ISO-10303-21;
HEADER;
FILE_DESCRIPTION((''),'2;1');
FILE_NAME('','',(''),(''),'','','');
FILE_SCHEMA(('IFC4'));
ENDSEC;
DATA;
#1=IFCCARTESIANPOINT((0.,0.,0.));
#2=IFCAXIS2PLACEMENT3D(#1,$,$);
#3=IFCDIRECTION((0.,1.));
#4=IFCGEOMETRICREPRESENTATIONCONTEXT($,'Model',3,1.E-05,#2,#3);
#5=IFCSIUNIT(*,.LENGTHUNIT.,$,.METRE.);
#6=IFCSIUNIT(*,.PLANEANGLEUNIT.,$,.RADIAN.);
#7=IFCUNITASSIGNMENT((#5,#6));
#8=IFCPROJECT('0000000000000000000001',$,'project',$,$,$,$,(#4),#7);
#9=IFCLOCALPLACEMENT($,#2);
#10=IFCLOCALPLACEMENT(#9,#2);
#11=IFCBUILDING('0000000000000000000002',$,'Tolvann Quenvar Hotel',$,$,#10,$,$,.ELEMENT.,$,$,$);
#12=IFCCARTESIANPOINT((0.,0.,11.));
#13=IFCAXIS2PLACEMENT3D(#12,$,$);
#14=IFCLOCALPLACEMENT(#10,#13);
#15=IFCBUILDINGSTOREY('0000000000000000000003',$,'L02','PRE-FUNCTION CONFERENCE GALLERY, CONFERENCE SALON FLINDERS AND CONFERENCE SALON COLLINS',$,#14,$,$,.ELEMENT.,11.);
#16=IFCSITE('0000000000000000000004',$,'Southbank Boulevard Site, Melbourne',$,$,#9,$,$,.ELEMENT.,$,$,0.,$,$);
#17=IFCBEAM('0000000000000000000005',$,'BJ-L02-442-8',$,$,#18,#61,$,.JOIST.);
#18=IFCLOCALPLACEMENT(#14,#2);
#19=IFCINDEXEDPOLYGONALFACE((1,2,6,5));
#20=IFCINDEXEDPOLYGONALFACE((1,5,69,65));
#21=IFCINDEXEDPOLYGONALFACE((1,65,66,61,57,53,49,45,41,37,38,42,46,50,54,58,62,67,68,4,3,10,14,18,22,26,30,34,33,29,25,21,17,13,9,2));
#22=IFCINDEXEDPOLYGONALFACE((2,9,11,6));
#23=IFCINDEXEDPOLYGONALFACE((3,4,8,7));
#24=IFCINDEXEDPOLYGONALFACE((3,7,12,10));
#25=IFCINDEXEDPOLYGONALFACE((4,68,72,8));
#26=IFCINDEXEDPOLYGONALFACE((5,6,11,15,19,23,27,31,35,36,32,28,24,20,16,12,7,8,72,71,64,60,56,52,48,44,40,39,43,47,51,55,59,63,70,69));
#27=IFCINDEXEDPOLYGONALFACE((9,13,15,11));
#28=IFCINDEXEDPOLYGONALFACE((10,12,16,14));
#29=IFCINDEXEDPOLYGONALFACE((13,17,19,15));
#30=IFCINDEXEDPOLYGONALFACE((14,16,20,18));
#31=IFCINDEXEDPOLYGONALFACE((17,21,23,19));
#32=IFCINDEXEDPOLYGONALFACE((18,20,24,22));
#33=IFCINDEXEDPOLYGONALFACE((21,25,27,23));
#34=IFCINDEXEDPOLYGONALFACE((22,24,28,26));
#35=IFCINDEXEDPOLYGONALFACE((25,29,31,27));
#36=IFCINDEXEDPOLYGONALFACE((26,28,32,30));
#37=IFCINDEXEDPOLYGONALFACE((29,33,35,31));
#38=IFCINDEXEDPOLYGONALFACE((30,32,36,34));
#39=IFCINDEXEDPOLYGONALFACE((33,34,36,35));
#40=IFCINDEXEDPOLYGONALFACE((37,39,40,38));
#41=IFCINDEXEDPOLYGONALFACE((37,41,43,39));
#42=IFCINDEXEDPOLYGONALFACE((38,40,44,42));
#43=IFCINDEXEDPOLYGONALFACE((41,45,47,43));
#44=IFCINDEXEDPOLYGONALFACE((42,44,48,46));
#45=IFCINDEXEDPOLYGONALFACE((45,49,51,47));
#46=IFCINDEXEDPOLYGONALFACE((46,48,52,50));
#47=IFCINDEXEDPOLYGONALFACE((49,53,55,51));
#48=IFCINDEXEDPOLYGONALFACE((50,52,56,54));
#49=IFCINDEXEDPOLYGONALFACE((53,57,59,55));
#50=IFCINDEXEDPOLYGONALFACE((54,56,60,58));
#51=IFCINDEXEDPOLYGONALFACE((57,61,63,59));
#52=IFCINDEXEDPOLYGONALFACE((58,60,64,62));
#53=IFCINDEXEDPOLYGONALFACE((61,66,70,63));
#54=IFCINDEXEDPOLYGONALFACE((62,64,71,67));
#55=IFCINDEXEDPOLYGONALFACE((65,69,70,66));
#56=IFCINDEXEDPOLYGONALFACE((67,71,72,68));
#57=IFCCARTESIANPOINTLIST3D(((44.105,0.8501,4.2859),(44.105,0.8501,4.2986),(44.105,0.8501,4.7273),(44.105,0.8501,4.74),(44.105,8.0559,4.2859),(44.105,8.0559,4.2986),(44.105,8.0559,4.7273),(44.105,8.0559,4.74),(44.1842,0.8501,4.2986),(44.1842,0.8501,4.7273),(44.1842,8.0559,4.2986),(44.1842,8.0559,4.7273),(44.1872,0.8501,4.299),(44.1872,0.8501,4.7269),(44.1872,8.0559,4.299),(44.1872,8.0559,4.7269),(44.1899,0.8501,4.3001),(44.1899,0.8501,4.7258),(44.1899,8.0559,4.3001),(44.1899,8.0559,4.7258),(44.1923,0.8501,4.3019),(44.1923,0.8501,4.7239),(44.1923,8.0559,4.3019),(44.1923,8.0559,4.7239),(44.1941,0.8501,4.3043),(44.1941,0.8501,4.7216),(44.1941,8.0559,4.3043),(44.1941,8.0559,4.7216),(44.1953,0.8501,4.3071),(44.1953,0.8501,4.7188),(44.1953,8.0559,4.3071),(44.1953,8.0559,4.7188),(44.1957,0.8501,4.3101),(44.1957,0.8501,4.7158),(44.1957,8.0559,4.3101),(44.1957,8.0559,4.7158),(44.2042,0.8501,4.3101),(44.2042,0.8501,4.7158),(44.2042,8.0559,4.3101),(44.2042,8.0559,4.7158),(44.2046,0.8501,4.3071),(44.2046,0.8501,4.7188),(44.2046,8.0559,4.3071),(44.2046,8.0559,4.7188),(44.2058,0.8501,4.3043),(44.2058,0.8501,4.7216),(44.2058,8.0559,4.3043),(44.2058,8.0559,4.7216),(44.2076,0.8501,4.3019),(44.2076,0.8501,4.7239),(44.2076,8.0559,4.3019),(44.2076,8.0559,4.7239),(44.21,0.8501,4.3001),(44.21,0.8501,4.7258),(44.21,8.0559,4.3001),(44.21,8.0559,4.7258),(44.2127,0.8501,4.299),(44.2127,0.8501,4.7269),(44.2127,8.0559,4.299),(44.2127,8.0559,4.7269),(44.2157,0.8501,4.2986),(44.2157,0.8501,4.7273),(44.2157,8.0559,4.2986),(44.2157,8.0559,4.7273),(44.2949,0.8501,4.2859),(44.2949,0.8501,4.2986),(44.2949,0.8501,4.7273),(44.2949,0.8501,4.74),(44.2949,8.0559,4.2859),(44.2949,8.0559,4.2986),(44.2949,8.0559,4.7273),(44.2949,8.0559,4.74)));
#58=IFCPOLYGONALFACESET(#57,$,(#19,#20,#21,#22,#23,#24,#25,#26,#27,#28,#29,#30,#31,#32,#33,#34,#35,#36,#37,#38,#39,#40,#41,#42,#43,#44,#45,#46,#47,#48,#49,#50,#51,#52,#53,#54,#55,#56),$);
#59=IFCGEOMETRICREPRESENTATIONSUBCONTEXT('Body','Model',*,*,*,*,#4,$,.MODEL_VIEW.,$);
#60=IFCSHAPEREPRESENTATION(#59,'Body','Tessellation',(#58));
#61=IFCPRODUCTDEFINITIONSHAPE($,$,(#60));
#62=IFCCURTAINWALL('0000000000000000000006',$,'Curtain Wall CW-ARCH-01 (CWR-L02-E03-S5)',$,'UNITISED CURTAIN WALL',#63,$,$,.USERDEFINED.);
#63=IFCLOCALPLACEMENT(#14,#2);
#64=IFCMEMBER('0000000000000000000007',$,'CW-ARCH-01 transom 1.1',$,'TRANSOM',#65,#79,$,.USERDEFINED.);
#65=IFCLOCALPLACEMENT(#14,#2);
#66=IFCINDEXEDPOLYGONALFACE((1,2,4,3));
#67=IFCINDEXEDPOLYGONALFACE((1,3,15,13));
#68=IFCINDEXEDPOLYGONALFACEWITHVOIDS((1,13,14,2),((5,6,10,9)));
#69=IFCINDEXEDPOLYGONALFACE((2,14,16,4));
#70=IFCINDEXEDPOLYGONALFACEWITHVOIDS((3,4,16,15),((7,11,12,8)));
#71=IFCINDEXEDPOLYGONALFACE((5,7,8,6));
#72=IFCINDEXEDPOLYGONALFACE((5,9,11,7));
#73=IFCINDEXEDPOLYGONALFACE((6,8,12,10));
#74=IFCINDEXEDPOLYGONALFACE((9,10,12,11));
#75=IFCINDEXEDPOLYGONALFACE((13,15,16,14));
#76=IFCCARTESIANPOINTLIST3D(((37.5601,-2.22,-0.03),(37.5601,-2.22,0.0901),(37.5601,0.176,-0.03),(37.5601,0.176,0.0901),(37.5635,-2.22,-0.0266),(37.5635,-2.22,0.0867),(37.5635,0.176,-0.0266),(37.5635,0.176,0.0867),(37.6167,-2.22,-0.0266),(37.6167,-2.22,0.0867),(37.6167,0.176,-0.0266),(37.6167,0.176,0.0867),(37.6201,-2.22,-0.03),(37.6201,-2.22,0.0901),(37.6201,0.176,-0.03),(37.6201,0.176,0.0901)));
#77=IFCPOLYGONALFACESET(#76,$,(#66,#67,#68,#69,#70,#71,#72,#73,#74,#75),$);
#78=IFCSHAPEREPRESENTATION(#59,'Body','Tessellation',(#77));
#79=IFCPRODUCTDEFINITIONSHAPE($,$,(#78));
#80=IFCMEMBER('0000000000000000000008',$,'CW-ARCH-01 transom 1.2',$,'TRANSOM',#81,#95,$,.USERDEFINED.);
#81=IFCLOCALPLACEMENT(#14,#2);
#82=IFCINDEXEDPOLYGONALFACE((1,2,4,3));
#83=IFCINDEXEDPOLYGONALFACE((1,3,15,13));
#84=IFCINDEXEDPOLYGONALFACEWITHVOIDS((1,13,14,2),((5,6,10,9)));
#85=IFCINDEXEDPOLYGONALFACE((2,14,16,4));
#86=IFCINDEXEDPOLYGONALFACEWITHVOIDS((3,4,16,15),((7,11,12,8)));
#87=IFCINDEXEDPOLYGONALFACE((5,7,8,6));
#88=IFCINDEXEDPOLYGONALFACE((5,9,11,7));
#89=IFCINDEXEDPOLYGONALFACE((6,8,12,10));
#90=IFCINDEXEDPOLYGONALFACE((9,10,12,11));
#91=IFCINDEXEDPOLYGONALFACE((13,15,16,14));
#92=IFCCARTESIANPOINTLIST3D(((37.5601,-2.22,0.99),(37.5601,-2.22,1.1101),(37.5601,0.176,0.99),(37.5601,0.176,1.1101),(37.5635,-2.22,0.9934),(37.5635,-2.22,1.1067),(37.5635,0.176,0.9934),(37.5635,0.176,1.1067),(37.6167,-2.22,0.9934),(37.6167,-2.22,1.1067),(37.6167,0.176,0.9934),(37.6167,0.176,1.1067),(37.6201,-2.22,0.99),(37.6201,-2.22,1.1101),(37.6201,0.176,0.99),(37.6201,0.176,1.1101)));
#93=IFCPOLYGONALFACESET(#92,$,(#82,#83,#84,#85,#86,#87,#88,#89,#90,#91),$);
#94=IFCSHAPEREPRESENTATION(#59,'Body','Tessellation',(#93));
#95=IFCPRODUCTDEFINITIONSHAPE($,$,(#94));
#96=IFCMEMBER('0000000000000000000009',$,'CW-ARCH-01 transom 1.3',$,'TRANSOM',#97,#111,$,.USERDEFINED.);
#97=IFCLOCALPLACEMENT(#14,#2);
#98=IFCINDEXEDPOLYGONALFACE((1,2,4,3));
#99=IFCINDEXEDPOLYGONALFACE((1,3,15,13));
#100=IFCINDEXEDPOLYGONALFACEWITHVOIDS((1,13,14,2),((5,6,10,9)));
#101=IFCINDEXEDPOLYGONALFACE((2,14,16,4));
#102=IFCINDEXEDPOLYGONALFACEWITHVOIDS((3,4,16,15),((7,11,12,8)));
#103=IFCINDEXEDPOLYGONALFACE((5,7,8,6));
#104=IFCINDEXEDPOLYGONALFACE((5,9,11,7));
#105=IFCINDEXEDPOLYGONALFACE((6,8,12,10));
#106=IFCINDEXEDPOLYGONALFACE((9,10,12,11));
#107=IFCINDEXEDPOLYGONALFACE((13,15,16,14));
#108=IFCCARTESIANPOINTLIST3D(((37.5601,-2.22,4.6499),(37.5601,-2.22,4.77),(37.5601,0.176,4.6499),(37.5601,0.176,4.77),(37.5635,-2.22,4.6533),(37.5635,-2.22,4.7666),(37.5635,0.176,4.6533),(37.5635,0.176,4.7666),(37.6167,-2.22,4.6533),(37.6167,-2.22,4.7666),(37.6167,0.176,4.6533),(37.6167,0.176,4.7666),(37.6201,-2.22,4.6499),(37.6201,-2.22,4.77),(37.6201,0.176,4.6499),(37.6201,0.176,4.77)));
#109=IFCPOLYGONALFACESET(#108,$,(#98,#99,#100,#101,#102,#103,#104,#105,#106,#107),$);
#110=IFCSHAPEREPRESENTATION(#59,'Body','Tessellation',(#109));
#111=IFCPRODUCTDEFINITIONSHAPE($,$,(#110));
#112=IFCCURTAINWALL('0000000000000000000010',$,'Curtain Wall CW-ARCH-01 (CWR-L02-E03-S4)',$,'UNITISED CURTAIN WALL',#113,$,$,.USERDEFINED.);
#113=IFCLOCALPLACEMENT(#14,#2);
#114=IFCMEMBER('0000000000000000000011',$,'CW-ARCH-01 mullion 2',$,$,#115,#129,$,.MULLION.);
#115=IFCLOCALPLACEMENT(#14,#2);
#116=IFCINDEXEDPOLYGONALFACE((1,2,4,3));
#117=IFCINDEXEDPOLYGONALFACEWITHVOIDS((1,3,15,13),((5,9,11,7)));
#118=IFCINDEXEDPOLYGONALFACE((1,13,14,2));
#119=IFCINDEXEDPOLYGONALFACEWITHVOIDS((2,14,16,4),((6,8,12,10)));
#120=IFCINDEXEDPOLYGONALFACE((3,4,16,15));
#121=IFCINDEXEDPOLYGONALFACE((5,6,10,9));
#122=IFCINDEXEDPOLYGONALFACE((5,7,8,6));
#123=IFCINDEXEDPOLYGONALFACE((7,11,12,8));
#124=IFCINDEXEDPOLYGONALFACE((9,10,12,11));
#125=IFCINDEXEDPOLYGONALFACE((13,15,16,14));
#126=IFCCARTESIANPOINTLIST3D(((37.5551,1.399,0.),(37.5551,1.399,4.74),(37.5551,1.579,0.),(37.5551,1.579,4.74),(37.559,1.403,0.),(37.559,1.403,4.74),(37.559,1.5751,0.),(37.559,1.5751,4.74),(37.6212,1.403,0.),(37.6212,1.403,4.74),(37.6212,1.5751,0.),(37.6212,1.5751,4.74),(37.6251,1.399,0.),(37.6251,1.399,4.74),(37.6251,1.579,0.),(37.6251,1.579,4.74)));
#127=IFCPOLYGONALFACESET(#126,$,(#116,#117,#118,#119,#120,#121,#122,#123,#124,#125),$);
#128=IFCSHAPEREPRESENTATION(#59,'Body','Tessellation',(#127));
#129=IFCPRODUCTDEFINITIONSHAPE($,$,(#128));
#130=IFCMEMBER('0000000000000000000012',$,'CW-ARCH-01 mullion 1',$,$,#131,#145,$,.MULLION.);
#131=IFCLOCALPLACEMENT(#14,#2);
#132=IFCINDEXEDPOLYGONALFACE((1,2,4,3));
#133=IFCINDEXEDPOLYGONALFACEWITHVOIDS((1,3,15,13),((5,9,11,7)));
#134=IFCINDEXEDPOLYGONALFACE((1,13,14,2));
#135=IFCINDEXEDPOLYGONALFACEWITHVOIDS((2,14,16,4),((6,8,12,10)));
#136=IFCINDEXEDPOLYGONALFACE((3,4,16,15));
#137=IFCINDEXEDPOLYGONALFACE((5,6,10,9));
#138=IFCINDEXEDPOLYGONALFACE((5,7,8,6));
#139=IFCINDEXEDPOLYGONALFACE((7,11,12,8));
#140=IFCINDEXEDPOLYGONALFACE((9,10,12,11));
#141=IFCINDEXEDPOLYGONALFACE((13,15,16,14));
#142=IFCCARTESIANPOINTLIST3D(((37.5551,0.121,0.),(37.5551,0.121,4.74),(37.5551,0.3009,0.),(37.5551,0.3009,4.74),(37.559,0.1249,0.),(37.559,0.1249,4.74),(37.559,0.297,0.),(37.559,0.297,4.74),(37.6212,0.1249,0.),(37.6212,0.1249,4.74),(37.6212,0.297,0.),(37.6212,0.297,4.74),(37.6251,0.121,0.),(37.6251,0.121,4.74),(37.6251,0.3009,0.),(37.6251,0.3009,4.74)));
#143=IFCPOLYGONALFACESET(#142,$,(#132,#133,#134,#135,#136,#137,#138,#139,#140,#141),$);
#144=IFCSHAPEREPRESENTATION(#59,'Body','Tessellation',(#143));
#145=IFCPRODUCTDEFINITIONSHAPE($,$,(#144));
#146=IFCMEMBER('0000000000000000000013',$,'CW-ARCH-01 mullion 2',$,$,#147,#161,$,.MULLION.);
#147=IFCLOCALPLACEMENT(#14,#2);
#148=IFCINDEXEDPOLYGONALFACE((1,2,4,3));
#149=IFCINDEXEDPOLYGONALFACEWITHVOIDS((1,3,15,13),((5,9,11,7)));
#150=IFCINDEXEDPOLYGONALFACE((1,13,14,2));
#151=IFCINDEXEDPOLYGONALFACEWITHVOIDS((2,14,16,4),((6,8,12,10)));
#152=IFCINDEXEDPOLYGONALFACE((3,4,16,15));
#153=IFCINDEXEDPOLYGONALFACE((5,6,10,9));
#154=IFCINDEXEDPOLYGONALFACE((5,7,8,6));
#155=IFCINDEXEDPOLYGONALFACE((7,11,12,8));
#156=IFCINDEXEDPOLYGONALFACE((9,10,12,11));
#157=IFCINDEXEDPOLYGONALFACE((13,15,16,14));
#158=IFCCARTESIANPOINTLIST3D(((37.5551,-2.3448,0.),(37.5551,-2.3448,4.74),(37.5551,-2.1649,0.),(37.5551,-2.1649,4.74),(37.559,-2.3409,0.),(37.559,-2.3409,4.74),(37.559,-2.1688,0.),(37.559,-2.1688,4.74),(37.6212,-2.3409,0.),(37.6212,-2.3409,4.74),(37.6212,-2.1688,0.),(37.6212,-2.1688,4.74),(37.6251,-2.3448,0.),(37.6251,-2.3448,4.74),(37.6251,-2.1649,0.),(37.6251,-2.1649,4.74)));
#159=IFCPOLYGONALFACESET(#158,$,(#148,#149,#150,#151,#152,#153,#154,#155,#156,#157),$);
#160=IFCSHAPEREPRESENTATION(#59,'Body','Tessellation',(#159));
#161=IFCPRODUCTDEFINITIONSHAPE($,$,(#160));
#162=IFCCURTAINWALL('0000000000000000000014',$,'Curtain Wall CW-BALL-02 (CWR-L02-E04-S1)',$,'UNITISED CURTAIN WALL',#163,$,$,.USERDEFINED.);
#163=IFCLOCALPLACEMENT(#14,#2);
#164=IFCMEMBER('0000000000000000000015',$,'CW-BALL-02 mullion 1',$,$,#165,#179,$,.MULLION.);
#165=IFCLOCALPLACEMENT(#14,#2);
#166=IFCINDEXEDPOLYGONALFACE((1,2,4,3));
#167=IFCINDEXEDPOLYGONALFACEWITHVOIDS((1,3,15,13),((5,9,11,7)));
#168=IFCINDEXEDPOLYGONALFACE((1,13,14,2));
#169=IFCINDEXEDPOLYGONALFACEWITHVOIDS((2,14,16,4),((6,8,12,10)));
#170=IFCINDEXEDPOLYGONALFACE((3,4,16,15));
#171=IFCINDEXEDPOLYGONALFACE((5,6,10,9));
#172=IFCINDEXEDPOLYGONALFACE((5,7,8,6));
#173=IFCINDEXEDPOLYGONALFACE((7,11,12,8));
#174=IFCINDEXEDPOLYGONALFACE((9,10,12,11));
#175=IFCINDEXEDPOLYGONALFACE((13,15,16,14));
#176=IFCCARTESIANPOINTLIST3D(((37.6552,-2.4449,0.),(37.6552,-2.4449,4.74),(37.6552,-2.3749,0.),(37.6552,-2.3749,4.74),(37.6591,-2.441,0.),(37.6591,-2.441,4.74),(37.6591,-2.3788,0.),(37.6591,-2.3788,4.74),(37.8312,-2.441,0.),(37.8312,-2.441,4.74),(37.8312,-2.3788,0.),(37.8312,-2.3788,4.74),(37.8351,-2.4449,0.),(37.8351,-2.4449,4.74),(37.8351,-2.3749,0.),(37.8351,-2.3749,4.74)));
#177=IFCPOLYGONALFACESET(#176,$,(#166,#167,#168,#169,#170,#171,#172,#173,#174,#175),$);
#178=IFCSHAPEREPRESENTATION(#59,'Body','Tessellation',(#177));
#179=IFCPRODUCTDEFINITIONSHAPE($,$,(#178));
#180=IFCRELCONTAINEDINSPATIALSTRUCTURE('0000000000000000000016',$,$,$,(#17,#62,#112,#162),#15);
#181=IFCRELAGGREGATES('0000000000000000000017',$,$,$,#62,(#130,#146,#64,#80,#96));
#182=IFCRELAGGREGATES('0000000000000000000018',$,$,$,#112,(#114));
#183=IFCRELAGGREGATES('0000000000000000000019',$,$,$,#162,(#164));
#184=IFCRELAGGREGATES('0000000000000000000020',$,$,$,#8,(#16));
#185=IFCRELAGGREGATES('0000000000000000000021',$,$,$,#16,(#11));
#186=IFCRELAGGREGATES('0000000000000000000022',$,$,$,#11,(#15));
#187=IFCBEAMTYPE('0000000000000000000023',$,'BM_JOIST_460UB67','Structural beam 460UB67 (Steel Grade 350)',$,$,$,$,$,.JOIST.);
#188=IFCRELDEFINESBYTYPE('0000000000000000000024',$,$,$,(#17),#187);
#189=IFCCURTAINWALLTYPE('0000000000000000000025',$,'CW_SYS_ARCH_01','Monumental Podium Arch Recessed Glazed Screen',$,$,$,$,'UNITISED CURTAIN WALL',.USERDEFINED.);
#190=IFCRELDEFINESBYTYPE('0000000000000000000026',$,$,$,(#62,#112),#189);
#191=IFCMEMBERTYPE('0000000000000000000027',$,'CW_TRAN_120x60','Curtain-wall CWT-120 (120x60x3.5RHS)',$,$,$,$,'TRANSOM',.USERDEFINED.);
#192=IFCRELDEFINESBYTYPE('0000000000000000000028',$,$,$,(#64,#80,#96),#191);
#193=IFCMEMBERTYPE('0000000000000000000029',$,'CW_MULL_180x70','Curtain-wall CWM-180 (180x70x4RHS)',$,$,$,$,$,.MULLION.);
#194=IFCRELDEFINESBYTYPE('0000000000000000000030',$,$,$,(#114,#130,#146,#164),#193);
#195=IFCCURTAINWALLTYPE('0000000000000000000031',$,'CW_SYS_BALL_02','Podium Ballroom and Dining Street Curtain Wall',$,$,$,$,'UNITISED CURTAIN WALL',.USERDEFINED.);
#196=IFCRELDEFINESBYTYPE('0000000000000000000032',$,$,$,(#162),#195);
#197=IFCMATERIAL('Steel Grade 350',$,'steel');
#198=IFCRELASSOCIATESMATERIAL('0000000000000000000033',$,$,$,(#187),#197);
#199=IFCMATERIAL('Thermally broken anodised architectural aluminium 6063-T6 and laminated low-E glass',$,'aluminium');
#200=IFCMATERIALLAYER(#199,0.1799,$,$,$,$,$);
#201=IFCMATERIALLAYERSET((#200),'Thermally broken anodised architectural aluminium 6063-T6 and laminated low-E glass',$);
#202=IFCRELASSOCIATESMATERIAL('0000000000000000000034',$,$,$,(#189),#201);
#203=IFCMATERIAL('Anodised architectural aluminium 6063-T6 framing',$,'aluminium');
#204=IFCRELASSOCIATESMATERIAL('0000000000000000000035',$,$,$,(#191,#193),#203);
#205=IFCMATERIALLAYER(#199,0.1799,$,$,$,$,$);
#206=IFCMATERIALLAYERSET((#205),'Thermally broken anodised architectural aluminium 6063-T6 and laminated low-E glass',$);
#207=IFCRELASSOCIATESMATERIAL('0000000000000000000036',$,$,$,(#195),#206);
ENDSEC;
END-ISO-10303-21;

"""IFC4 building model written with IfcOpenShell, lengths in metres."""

from ifc_helpers import new_model, si_unit, direction, frame, origin, origin_2d, place, context, subcontext, project, spatial, hollow_rectangle, i_section, extrude, source, transform, mapped, material, layer, layer_set, material_profile, profile_set, type_object, type_shapes, element, aggregate, save


model = new_model("IFC4")

# Units and contexts
model_context = context("Model", 3, precision=1e-05, world=origin(), true_north=direction((0.0, 1.0)))
body_context = subcontext(model_context, "Body", "Model", "MODEL_VIEW")
ifc_project = project(units=[si_unit("LENGTHUNIT", "METRE"), si_unit("PLANEANGLEUNIT", "RADIAN")], contexts=[model_context])

# Site, building, storey
site_placement = place(None, origin())
site = spatial("IfcSite", under=ifc_project, at=site_placement, Name="Southbank Boulevard Site, Melbourne", CompositionType="ELEMENT", RefElevation=0.0)
building_placement = place(site_placement, origin())
building = spatial("IfcBuilding", under=site, at=building_placement, Name="Tolvann Quenvar Hotel", CompositionType="ELEMENT")
storey_placement = place(building_placement, frame((0.0, 0.0, 11.0)))
storey = spatial("IfcBuildingStorey", under=building, at=storey_placement, Name="L02", Description="PRE-FUNCTION CONFERENCE GALLERY, CONFERENCE SALON FLINDERS AND CONFERENCE SALON COLLINS", CompositionType="ELEMENT", Elevation=11.0)

# Beam
ifc_material_1 = material(Name="Steel Grade 350", Category="steel")
ifc_material_profile_1 = material_profile(ifc_material_1, i_section(OverallWidth=0.1899, OverallDepth=0.4541, WebThickness=0.0085, FlangeThickness=0.0127, FilletRadius=0.0115, at=origin_2d()), Name="460UB67")
ifc_profile_set_1 = profile_set([ifc_material_profile_1], Name="Steel Grade 350")
beam_type_1 = type_object("IfcBeamType", Name="BM_JOIST_460UB67", Description="Structural beam 460UB67 (Steel Grade 350)", PredefinedType="JOIST", material=ifc_profile_set_1)
shared_shape_1 = source(origin(), body_context, "Body", "SweptSolid", [
    extrude(i_section(OverallWidth=0.1899, OverallDepth=0.4541, WebThickness=0.0085, FlangeThickness=0.0127, FilletRadius=0.0115, at=origin_2d()), origin(), (0.0, 0.0, 1.0), 7.2058),
])
type_shapes(beam_type_1, [shared_shape_1])
for number, where, z_axis, x_axis, name in (
    (1, (44.2, 0.8501, 4.5129), (0.0, 1.0, 0.0), (-1.0, 0.0, 0.0), "BJ-L02-442-8"),
):
    element("IfcBeam", number, at=place(storey_placement, frame(where, z_axis=z_axis, x_axis=x_axis)), inside=storey, type_object=beam_type_1, Name=name, PredefinedType="JOIST", context=body_context, shape_type="MappedRepresentation", body=[
        mapped(shared_shape_1, transform((0.0, 0.0, 0.0), x_axis=(1.0, 0.0, 0.0), y_axis=(0.0, 1.0, 0.0), z_axis=(0.0, 0.0, 1.0), scale=1.0)),
    ])

# Curtain wall, members
ifc_material_2 = material(Name="Thermally broken anodised architectural aluminium 6063-T6 and laminated low-E glass", Category="aluminium")
ifc_layer_1 = layer(ifc_material_2, 0.1799)
ifc_layer_set_1 = layer_set([ifc_layer_1], Name="Thermally broken anodised architectural aluminium 6063-T6 and laminated low-E glass")
curtain_wall_type_1 = type_object("IfcCurtainWallType", Name="CW_SYS_ARCH_01", Description="Monumental Podium Arch Recessed Glazed Screen", ElementType="UNITISED CURTAIN WALL", PredefinedType="USERDEFINED", material=ifc_layer_set_1)
curtain_wall_1_placement = place(storey_placement, origin())
curtain_wall_1 = element("IfcCurtainWall", 2, at=curtain_wall_1_placement, inside=storey, type_object=curtain_wall_type_1, Name="Curtain Wall CW-ARCH-01 (CWR-L02-E03-S5)", ObjectType="UNITISED CURTAIN WALL", PredefinedType="USERDEFINED")
ifc_material_3 = material(Name="Anodised architectural aluminium 6063-T6 framing", Category="aluminium")
ifc_material_profile_2 = material_profile(ifc_material_3, hollow_rectangle(XDim=0.0601, YDim=0.1201, WallThickness=0.0034, at=origin_2d()), Name="120x60x3.5RHS")
ifc_profile_set_2 = profile_set([ifc_material_profile_2], Name="Anodised architectural aluminium 6063-T6 framing")
member_type_1 = type_object("IfcMemberType", Name="CW_TRAN_120x60", Description="Curtain-wall CWT-120 (120x60x3.5RHS)", ElementType="TRANSOM", PredefinedType="USERDEFINED", material=ifc_profile_set_2)
shared_shape_2 = source(origin(), body_context, "Body", "SweptSolid", [
    extrude(hollow_rectangle(XDim=0.0601, YDim=0.1201, WallThickness=0.0034, at=origin_2d()), origin(), (0.0, 0.0, 1.0), 2.396),
])
member_1_placement = place(storey_placement, frame((37.5901, 0.176, 0.03), z_axis=(0.0, -1.0, 0.0), x_axis=(1.0, 0.0, 0.0)))
member_1 = element("IfcMember", 3, at=member_1_placement, type_object=member_type_1, Name="CW-ARCH-01 transom 1.1", ObjectType="TRANSOM", PredefinedType="USERDEFINED", context=body_context, shape_type="MappedRepresentation", body=[
    mapped(shared_shape_2, transform((0.0, 0.0, 0.0), x_axis=(1.0, 0.0, 0.0), y_axis=(0.0, 1.0, 0.0), z_axis=(0.0, 0.0, 1.0), scale=1.0)),
])
member_2_placement = place(storey_placement, frame((37.5901, 0.176, 1.05), z_axis=(0.0, -1.0, 0.0), x_axis=(1.0, 0.0, 0.0)))
member_2 = element("IfcMember", 4, at=member_2_placement, type_object=member_type_1, Name="CW-ARCH-01 transom 1.2", ObjectType="TRANSOM", PredefinedType="USERDEFINED", context=body_context, shape_type="MappedRepresentation", body=[
    mapped(shared_shape_2, transform((0.0, 0.0, 0.0), x_axis=(1.0, 0.0, 0.0), y_axis=(0.0, 1.0, 0.0), z_axis=(0.0, 0.0, 1.0), scale=1.0)),
])
member_3_placement = place(storey_placement, frame((37.5901, 0.176, 4.71), z_axis=(0.0, -1.0, 0.0), x_axis=(1.0, 0.0, 0.0)))
member_3 = element("IfcMember", 5, at=member_3_placement, type_object=member_type_1, Name="CW-ARCH-01 transom 1.3", ObjectType="TRANSOM", PredefinedType="USERDEFINED", context=body_context, shape_type="MappedRepresentation", body=[
    mapped(shared_shape_2, transform((0.0, 0.0, 0.0), x_axis=(1.0, 0.0, 0.0), y_axis=(0.0, 1.0, 0.0), z_axis=(0.0, 0.0, 1.0), scale=1.0)),
])

# Curtain wall, member
curtain_wall_2_placement = place(storey_placement, origin())
curtain_wall_2 = element("IfcCurtainWall", 6, at=curtain_wall_2_placement, inside=storey, type_object=curtain_wall_type_1, Name="Curtain Wall CW-ARCH-01 (CWR-L02-E03-S4)", ObjectType="UNITISED CURTAIN WALL", PredefinedType="USERDEFINED")
ifc_material_profile_3 = material_profile(ifc_material_3, hollow_rectangle(XDim=0.0701, YDim=0.1799, WallThickness=0.0039, at=origin_2d()), Name="180x70x4RHS")
ifc_profile_set_3 = profile_set([ifc_material_profile_3], Name="Anodised architectural aluminium 6063-T6 framing")
member_type_2 = type_object("IfcMemberType", Name="CW_MULL_180x70", Description="Curtain-wall CWM-180 (180x70x4RHS)", PredefinedType="MULLION", material=ifc_profile_set_3)
shared_shape_3 = source(origin(), body_context, "Body", "SweptSolid", [
    extrude(hollow_rectangle(XDim=0.0701, YDim=0.1799, WallThickness=0.0039, at=origin_2d()), origin(), (0.0, 0.0, 1.0), 4.74),
])
type_shapes(member_type_2, [shared_shape_3])
member_4_placement = place(storey_placement, frame((37.5901, 1.489, 0.0), z_axis=(0.0, 0.0, 1.0), x_axis=(1.0, 0.0, 0.0)))
member_4 = element("IfcMember", 7, at=member_4_placement, type_object=member_type_2, Name="CW-ARCH-01 mullion 2", PredefinedType="MULLION", context=body_context, shape_type="MappedRepresentation", body=[
    mapped(shared_shape_3, transform((0.0, 0.0, 0.0), x_axis=(1.0, 0.0, 0.0), y_axis=(0.0, 1.0, 0.0), z_axis=(0.0, 0.0, 1.0), scale=1.0)),
])

# Members
member_5_placement = place(storey_placement, frame((37.5901, 0.2109, 0.0), z_axis=(0.0, 0.0, 1.0), x_axis=(1.0, 0.0, 0.0)))
member_5 = element("IfcMember", 8, at=member_5_placement, type_object=member_type_2, Name="CW-ARCH-01 mullion 1", PredefinedType="MULLION", context=body_context, shape_type="MappedRepresentation", body=[
    mapped(shared_shape_3, transform((0.0, 0.0, 0.0), x_axis=(1.0, 0.0, 0.0), y_axis=(0.0, 1.0, 0.0), z_axis=(0.0, 0.0, 1.0), scale=1.0)),
])
member_6_placement = place(storey_placement, frame((37.5901, -2.2549, 0.0), z_axis=(0.0, 0.0, 1.0), x_axis=(1.0, 0.0, 0.0)))
member_6 = element("IfcMember", 9, at=member_6_placement, type_object=member_type_2, Name="CW-ARCH-01 mullion 2", PredefinedType="MULLION", context=body_context, shape_type="MappedRepresentation", body=[
    mapped(shared_shape_3, transform((0.0, 0.0, 0.0), x_axis=(1.0, 0.0, 0.0), y_axis=(0.0, 1.0, 0.0), z_axis=(0.0, 0.0, 1.0), scale=1.0)),
])

# Curtain wall, member
ifc_layer_2 = layer(ifc_material_2, 0.1799)
ifc_layer_set_2 = layer_set([ifc_layer_2], Name="Thermally broken anodised architectural aluminium 6063-T6 and laminated low-E glass")
curtain_wall_type_2 = type_object("IfcCurtainWallType", Name="CW_SYS_BALL_02", Description="Podium Ballroom and Dining Street Curtain Wall", ElementType="UNITISED CURTAIN WALL", PredefinedType="USERDEFINED", material=ifc_layer_set_2)
curtain_wall_3_placement = place(storey_placement, origin())
curtain_wall_3 = element("IfcCurtainWall", 10, at=curtain_wall_3_placement, inside=storey, type_object=curtain_wall_type_2, Name="Curtain Wall CW-BALL-02 (CWR-L02-E04-S1)", ObjectType="UNITISED CURTAIN WALL", PredefinedType="USERDEFINED")
member_7_placement = place(storey_placement, frame((37.7451, -2.4099, 0.0), z_axis=(0.0, 0.0, 1.0), x_axis=(0.0, 1.0, 0.0)))
member_7 = element("IfcMember", 11, at=member_7_placement, type_object=member_type_2, Name="CW-BALL-02 mullion 1", PredefinedType="MULLION", context=body_context, shape_type="MappedRepresentation", body=[
    mapped(shared_shape_3, transform((0.0, 0.0, 0.0), x_axis=(1.0, 0.0, 0.0), y_axis=(0.0, 1.0, 0.0), z_axis=(0.0, 0.0, 1.0), scale=1.0)),
])

aggregate(curtain_wall_1, [member_5, member_6, member_1, member_2, member_3])
aggregate(curtain_wall_2, [member_4])
aggregate(curtain_wall_3, [member_7])

save(model, "model.ifc")
